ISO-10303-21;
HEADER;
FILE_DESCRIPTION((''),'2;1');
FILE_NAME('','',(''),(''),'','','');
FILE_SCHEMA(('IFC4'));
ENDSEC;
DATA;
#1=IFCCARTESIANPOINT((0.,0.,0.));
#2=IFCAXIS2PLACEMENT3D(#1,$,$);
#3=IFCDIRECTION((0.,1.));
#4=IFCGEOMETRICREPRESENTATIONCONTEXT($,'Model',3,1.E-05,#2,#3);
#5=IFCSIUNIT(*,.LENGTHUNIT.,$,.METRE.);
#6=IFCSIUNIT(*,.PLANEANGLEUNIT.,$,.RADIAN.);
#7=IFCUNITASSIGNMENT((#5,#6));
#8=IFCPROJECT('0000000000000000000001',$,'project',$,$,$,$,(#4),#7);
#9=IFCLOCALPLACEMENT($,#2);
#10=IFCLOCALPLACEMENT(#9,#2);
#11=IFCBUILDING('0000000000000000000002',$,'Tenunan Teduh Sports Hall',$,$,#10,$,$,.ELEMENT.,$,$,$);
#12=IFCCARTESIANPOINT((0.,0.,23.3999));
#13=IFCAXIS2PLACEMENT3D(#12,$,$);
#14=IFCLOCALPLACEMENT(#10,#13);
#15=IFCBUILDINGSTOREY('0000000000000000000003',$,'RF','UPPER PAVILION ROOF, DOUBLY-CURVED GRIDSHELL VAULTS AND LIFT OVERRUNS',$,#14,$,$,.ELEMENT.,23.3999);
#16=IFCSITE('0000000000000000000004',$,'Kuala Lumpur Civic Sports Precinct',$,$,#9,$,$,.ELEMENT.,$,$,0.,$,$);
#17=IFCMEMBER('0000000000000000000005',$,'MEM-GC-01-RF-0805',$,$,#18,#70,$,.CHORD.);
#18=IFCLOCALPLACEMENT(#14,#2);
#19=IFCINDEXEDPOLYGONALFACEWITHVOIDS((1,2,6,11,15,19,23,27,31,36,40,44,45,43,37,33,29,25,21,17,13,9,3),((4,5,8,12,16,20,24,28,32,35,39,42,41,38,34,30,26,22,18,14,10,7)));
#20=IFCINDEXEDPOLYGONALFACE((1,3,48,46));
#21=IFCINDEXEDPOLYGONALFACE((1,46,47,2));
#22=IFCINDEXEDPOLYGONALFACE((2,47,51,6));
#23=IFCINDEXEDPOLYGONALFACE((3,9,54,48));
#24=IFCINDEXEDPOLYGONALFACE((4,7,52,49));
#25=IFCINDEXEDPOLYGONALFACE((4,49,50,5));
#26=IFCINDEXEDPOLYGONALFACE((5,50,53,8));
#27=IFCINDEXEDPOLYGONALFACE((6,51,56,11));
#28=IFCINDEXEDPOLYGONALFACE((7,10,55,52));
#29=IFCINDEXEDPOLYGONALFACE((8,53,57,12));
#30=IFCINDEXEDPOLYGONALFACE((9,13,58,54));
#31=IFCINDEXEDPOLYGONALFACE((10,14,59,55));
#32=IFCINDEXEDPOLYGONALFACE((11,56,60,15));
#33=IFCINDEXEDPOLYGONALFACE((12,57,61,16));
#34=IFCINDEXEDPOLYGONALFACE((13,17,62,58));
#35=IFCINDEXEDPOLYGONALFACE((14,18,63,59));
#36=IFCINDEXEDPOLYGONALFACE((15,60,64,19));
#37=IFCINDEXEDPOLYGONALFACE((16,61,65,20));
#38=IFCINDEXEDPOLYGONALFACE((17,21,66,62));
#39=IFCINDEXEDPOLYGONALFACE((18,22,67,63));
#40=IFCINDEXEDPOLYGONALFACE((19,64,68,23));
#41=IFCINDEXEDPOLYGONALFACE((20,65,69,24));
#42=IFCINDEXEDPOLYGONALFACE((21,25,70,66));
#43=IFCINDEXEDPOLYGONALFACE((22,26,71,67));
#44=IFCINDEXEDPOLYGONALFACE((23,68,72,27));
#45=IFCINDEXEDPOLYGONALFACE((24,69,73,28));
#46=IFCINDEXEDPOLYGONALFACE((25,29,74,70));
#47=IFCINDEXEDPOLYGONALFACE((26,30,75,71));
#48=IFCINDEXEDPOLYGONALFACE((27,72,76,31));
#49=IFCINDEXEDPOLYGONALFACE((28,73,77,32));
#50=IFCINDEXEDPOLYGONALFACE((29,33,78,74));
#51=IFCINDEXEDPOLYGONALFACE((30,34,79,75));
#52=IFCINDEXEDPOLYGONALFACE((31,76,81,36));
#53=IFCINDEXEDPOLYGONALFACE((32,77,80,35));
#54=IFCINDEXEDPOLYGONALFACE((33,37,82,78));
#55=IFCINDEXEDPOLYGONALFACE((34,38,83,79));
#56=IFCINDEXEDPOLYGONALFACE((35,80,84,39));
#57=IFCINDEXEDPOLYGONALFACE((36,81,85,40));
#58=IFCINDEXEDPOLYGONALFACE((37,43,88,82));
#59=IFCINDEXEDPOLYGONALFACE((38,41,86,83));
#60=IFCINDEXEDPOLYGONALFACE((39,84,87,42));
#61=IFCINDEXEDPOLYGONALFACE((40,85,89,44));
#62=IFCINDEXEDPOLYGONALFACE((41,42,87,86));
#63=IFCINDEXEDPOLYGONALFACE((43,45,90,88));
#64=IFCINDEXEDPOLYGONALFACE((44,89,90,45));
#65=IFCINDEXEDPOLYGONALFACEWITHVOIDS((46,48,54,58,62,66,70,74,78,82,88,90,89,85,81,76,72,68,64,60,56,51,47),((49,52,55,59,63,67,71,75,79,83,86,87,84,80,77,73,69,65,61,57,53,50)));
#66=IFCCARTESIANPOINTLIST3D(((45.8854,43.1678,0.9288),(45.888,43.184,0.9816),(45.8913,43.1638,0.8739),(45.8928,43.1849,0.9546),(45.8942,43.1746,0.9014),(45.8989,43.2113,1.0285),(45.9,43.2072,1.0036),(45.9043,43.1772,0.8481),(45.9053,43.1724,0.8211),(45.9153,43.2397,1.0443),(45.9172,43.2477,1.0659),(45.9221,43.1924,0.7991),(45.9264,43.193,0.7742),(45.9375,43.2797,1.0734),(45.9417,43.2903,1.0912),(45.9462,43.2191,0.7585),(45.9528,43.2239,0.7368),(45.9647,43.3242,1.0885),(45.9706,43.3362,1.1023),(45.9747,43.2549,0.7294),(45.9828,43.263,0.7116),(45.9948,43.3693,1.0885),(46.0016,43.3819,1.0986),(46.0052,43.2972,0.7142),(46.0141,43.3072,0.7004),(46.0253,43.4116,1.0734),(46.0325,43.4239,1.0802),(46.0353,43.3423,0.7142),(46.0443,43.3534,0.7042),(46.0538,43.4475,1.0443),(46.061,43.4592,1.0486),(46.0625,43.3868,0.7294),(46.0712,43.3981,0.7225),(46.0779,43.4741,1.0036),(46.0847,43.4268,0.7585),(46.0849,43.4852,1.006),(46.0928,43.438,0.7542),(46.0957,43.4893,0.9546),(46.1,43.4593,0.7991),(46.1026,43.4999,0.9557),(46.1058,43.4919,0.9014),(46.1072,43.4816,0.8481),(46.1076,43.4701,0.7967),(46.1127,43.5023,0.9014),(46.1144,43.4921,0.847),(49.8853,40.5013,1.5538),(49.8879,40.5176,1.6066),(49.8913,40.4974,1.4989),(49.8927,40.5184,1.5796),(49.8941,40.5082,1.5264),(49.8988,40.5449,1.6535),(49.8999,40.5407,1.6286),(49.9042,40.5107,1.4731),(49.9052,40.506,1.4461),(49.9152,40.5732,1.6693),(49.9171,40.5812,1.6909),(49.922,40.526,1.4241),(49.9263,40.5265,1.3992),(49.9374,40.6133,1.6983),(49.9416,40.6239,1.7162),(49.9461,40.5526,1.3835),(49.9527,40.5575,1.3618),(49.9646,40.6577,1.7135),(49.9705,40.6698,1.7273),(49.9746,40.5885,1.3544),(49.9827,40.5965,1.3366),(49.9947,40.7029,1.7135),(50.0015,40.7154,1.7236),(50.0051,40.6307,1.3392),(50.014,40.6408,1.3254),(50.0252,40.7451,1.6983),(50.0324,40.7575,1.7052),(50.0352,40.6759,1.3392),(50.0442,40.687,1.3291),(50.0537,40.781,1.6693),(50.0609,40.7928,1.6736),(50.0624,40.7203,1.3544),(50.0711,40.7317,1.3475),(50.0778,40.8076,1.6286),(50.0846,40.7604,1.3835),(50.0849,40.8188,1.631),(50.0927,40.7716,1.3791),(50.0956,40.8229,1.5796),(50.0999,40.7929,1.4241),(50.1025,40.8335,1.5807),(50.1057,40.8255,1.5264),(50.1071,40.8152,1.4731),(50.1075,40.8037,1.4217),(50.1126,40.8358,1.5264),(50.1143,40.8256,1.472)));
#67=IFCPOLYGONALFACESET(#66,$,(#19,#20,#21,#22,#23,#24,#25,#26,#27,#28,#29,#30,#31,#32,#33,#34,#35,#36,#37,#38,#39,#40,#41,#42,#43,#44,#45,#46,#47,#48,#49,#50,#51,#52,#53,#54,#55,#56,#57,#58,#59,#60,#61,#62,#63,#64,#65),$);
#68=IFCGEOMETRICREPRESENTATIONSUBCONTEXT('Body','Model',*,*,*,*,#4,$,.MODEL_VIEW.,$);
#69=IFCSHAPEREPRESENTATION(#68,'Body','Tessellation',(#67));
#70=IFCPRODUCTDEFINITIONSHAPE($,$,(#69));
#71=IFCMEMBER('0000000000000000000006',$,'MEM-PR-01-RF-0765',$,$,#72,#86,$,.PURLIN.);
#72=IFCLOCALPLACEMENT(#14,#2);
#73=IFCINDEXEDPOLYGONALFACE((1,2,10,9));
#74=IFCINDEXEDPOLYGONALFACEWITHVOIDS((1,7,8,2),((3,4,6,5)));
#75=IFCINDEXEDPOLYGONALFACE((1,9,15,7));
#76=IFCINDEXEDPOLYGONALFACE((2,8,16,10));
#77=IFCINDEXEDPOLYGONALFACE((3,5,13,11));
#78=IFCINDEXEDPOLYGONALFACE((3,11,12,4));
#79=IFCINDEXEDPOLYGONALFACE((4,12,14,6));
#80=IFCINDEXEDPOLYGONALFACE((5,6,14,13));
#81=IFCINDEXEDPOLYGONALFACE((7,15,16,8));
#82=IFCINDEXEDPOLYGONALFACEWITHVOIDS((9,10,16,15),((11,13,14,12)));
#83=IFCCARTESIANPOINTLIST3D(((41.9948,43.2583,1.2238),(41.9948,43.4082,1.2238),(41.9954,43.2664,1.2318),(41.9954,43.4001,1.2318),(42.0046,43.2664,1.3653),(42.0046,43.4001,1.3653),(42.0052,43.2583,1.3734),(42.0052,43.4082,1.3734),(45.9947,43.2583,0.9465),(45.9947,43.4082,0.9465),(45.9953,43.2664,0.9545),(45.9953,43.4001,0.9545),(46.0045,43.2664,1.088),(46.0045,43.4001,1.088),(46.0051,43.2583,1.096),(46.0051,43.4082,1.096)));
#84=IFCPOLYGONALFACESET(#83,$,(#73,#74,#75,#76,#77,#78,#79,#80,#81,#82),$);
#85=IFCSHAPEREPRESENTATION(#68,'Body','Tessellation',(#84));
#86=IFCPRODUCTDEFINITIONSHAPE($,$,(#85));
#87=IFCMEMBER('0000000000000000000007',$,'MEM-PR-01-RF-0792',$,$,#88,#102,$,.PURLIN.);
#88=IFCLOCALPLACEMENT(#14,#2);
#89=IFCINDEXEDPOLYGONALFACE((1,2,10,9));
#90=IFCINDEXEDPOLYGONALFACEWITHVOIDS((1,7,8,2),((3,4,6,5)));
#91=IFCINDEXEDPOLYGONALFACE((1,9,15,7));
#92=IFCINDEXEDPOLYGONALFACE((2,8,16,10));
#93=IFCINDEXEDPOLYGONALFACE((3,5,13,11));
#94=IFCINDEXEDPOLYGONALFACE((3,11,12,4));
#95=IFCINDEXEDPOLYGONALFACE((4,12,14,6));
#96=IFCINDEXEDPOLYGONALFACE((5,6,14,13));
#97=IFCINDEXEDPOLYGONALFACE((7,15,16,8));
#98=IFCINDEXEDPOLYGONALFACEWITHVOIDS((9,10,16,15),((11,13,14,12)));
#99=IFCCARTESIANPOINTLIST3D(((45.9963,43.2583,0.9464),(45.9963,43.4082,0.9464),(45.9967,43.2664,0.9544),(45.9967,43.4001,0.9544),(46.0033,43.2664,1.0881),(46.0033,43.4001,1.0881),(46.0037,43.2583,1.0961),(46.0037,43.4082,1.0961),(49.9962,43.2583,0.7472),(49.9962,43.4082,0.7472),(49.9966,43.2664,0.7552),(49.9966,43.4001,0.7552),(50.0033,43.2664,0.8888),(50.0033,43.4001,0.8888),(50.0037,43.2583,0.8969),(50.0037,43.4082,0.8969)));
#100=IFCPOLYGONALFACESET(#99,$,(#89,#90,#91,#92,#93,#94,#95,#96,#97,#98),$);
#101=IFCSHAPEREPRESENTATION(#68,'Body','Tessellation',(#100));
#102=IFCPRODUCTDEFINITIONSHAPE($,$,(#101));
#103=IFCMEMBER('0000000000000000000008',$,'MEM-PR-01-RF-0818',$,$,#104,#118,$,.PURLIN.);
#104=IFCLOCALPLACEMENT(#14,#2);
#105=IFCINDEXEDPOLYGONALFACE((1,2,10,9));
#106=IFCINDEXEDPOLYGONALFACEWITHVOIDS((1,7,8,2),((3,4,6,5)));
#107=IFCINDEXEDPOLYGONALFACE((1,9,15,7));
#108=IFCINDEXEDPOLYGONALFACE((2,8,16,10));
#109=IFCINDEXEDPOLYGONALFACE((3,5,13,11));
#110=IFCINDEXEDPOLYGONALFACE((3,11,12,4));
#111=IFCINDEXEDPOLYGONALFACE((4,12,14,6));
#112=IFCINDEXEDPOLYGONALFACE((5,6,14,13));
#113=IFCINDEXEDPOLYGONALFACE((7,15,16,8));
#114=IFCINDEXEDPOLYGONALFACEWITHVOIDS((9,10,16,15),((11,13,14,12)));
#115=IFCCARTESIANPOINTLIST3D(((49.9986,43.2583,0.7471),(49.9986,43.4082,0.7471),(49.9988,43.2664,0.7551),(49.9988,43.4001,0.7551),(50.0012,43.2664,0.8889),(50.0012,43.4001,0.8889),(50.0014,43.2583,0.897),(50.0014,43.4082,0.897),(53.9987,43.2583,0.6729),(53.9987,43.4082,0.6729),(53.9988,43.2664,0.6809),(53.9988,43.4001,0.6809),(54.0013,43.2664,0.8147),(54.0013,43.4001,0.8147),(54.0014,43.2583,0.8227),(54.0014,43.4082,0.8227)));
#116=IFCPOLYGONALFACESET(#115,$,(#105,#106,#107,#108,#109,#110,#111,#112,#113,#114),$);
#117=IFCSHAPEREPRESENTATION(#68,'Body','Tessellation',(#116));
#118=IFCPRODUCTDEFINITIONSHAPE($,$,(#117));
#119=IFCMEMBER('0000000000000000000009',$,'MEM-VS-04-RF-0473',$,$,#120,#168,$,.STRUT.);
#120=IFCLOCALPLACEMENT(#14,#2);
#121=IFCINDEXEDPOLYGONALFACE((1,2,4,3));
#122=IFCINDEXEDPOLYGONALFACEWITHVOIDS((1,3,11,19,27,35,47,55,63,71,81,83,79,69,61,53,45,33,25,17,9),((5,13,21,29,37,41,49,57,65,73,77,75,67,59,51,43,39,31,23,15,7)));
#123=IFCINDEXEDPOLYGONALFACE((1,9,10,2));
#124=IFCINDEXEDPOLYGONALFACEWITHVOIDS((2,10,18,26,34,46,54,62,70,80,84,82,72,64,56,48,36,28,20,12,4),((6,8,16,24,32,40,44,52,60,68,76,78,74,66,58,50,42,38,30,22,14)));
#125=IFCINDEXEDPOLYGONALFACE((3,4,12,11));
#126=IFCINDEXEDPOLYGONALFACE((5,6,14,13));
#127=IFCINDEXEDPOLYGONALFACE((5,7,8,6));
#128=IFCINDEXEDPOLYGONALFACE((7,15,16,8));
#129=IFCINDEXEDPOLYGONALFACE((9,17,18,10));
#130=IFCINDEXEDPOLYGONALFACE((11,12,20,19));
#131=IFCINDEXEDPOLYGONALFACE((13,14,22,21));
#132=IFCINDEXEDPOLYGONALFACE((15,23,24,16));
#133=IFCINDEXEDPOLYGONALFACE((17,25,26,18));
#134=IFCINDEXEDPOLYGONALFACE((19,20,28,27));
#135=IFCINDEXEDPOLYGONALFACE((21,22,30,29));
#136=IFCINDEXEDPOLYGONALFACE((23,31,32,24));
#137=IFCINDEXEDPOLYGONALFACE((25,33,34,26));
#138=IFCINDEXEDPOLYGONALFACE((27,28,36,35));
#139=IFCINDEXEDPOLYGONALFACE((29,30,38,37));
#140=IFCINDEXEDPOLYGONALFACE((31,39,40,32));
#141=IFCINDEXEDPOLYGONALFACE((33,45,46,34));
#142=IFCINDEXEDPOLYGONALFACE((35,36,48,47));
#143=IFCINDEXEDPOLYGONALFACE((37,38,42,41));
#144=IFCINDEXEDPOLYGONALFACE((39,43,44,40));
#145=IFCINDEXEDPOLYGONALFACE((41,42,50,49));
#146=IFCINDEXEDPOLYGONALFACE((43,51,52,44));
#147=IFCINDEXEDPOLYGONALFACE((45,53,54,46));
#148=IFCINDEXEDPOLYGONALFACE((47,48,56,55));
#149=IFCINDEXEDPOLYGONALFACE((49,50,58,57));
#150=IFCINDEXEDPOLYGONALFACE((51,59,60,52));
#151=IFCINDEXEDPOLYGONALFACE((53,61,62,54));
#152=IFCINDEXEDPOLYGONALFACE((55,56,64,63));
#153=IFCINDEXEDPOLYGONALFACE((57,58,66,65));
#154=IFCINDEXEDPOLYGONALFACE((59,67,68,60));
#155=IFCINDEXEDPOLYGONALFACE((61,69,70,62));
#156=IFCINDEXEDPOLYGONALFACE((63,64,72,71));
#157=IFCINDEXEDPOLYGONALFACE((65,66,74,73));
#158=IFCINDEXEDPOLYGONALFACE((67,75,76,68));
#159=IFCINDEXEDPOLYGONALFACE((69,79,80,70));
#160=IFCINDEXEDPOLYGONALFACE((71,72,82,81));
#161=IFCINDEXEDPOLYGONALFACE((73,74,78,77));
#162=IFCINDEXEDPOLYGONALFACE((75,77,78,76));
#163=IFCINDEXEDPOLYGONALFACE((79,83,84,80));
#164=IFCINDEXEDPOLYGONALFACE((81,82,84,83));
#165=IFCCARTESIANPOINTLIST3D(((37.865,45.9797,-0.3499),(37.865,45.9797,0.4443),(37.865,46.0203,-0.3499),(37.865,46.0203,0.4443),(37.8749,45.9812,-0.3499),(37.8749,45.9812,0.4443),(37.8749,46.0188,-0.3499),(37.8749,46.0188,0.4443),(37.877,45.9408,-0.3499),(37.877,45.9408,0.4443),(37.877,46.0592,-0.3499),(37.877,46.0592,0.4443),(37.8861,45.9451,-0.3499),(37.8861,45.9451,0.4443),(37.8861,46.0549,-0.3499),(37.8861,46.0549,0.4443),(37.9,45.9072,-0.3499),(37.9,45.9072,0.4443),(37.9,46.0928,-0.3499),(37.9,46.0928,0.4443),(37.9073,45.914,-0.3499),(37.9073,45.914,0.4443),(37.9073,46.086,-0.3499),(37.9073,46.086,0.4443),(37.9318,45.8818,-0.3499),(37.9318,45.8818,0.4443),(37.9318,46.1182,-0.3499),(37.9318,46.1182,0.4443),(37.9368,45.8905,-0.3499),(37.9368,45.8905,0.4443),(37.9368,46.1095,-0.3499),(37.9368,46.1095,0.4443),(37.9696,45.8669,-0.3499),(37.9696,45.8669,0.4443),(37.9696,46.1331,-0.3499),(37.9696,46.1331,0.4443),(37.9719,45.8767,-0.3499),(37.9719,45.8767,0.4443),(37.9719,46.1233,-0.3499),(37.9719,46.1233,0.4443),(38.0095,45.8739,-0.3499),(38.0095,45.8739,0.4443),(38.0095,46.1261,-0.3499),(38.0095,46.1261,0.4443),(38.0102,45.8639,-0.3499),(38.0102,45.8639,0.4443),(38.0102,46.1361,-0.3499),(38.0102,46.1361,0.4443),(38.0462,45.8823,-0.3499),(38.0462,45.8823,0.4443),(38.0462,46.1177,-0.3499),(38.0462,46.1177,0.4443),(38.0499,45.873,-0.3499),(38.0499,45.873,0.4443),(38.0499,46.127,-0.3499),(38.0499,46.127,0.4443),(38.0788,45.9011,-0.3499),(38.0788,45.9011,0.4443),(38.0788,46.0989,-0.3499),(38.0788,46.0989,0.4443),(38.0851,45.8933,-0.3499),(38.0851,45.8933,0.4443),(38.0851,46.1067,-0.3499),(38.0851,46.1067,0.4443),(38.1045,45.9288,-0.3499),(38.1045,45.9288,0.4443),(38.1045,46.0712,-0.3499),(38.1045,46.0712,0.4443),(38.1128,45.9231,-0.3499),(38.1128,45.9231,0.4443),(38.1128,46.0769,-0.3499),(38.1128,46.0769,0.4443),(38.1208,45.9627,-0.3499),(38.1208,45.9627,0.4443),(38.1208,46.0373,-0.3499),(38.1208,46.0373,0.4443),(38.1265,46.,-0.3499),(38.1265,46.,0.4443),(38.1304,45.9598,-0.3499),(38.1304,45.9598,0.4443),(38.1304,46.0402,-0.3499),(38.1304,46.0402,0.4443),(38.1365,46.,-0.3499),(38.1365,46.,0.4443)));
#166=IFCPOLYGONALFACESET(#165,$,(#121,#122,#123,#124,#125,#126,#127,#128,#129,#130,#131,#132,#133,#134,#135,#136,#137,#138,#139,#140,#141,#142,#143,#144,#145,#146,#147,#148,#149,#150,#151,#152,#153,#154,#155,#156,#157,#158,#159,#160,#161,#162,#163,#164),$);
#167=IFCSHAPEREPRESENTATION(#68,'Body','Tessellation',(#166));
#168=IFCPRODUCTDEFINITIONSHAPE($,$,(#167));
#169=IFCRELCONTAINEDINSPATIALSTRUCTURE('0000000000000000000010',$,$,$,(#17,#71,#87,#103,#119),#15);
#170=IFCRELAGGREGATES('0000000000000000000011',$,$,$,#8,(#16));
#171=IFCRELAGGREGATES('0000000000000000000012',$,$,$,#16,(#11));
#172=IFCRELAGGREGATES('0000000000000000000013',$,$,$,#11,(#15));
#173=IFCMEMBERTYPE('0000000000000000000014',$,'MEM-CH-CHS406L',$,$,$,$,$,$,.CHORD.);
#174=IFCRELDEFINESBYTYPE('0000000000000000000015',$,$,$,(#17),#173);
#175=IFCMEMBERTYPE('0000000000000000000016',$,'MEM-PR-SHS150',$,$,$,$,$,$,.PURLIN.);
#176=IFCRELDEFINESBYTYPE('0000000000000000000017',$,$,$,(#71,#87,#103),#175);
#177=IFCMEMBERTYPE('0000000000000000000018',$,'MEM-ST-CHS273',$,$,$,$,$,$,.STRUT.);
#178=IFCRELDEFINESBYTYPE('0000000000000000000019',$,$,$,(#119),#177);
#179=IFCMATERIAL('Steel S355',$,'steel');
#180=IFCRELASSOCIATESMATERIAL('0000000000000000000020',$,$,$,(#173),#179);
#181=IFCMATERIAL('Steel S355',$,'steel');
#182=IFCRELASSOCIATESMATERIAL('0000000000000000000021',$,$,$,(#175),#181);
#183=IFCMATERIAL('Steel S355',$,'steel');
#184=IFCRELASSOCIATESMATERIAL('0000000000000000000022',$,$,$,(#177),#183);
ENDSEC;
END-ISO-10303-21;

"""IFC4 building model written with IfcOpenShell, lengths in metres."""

from ifc_helpers import new_model, si_unit, direction, frame, origin, origin_2d, place, context, subcontext, project, spatial, hollow_rectangle, hollow_circle, extrude, material, material_profile, profile_set, type_object, element, save


model = new_model("IFC4")

# Units and contexts
model_context = context("Model", 3, precision=1e-05, world=origin(), true_north=direction((0.0, 1.0)))
body_context = subcontext(model_context, "Body", "Model", "MODEL_VIEW")
ifc_project = project(units=[si_unit("LENGTHUNIT", "METRE"), si_unit("PLANEANGLEUNIT", "RADIAN")], contexts=[model_context])

# Site, building, storey
site_placement = place(None, origin())
site = spatial("IfcSite", under=ifc_project, at=site_placement, Name="Kuala Lumpur Civic Sports Precinct", CompositionType="ELEMENT", RefElevation=0.0)
building_placement = place(site_placement, origin())
building = spatial("IfcBuilding", under=site, at=building_placement, Name="Tenunan Teduh Sports Hall", CompositionType="ELEMENT")
storey_placement = place(building_placement, frame((0.0, 0.0, 23.3999)))
storey = spatial("IfcBuildingStorey", under=building, at=storey_placement, Name="RF", Description="UPPER PAVILION ROOF, DOUBLY-CURVED GRIDSHELL VAULTS AND LIFT OVERRUNS", CompositionType="ELEMENT", Elevation=23.3999)

# Members
ifc_material_1 = material(Name="Steel S355", Category="steel")
ifc_material_profile_1 = material_profile(ifc_material_1, hollow_circle(Radius=0.2031, WallThickness=0.0125, at=origin_2d()), Name="CHS 406.4x12.5")
ifc_profile_set_1 = profile_set([ifc_material_profile_1], Name="Steel S355")
member_type_1 = type_object("IfcMemberType", Name="MEM-CH-CHS406L", PredefinedType="CHORD", material=ifc_profile_set_1)
member_1_placement = place(storey_placement, frame((46.0, 43.3333, 0.9014), z_axis=(0.825122, -0.550048, 0.128925), x_axis=(0.554677, 0.832066, 0.0)))
element("IfcMember", 1, at=member_1_placement, inside=storey, type_object=member_type_1, Name="MEM-GC-01-RF-0805", PredefinedType="CHORD", context=body_context, shape_type="SweptSolid", body=[
    extrude(hollow_circle(Radius=0.2031, WallThickness=0.0125, at=origin_2d()), origin(), (0.0, 0.0, 1.0), 4.8477),
])
ifc_material_2 = material(Name="Steel S355", Category="steel")
ifc_material_profile_2 = material_profile(ifc_material_2, hollow_rectangle(XDim=0.1499, YDim=0.1499, WallThickness=0.0081, at=origin_2d()), Name="SHS 150x150x8.0")
ifc_profile_set_2 = profile_set([ifc_material_profile_2], Name="Steel S355")
member_type_2 = type_object("IfcMemberType", Name="MEM-PR-SHS150", PredefinedType="PURLIN", material=ifc_profile_set_2)
member_2_placement = place(storey_placement, frame((42.0, 43.3333, 1.2986), z_axis=(0.997605, 0.0, -0.06917), x_axis=(0.0, 1.0, 0.0)))
element("IfcMember", 2, at=member_2_placement, inside=storey, type_object=member_type_2, Name="MEM-PR-01-RF-0765", PredefinedType="PURLIN", context=body_context, shape_type="SweptSolid", body=[
    extrude(hollow_rectangle(XDim=0.1499, YDim=0.1499, WallThickness=0.0081, at=origin_2d()), origin(), (0.0, 0.0, 1.0), 4.0095),
])
member_3_placement = place(storey_placement, frame((46.0, 43.3333, 1.0212), z_axis=(0.998762, 0.0, -0.049743), x_axis=(0.0, 1.0, 0.0)))
element("IfcMember", 3, at=member_3_placement, inside=storey, type_object=member_type_2, Name="MEM-PR-01-RF-0792", PredefinedType="PURLIN", context=body_context, shape_type="SweptSolid", body=[
    extrude(hollow_rectangle(XDim=0.1499, YDim=0.1499, WallThickness=0.0081, at=origin_2d()), origin(), (0.0, 0.0, 1.0), 4.0049),
])
member_4_placement = place(storey_placement, frame((50.0, 43.3333, 0.822), z_axis=(0.999828, 0.0, -0.018551), x_axis=(0.0, 1.0, 0.0)))
element("IfcMember", 4, at=member_4_placement, inside=storey, type_object=member_type_2, Name="MEM-PR-01-RF-0818", PredefinedType="PURLIN", context=body_context, shape_type="SweptSolid", body=[
    extrude(hollow_rectangle(XDim=0.1499, YDim=0.1499, WallThickness=0.0081, at=origin_2d()), origin(), (0.0, 0.0, 1.0), 4.0007),
])
ifc_material_3 = material(Name="Steel S355", Category="steel")
ifc_material_profile_3 = material_profile(ifc_material_3, hollow_circle(Radius=0.1365, WallThickness=0.01, at=origin_2d()), Name="CHS 273.0x10.0")
ifc_profile_set_3 = profile_set([ifc_material_profile_3], Name="Steel S355")
member_type_3 = type_object("IfcMemberType", Name="MEM-ST-CHS273", PredefinedType="STRUT", material=ifc_profile_set_3)
member_5_placement = place(storey_placement, frame((38.0, 46.0, -0.3499), z_axis=(0.0, 0.0, 1.0), x_axis=(1.0, 0.0, 0.0)))
element("IfcMember", 5, at=member_5_placement, inside=storey, type_object=member_type_3, Name="MEM-VS-04-RF-0473", PredefinedType="STRUT", context=body_context, shape_type="SweptSolid", body=[
    extrude(hollow_circle(Radius=0.1365, WallThickness=0.01, at=origin_2d()), origin(), (0.0, 0.0, 1.0), 0.7942),
])

save(model, "model.ifc")
